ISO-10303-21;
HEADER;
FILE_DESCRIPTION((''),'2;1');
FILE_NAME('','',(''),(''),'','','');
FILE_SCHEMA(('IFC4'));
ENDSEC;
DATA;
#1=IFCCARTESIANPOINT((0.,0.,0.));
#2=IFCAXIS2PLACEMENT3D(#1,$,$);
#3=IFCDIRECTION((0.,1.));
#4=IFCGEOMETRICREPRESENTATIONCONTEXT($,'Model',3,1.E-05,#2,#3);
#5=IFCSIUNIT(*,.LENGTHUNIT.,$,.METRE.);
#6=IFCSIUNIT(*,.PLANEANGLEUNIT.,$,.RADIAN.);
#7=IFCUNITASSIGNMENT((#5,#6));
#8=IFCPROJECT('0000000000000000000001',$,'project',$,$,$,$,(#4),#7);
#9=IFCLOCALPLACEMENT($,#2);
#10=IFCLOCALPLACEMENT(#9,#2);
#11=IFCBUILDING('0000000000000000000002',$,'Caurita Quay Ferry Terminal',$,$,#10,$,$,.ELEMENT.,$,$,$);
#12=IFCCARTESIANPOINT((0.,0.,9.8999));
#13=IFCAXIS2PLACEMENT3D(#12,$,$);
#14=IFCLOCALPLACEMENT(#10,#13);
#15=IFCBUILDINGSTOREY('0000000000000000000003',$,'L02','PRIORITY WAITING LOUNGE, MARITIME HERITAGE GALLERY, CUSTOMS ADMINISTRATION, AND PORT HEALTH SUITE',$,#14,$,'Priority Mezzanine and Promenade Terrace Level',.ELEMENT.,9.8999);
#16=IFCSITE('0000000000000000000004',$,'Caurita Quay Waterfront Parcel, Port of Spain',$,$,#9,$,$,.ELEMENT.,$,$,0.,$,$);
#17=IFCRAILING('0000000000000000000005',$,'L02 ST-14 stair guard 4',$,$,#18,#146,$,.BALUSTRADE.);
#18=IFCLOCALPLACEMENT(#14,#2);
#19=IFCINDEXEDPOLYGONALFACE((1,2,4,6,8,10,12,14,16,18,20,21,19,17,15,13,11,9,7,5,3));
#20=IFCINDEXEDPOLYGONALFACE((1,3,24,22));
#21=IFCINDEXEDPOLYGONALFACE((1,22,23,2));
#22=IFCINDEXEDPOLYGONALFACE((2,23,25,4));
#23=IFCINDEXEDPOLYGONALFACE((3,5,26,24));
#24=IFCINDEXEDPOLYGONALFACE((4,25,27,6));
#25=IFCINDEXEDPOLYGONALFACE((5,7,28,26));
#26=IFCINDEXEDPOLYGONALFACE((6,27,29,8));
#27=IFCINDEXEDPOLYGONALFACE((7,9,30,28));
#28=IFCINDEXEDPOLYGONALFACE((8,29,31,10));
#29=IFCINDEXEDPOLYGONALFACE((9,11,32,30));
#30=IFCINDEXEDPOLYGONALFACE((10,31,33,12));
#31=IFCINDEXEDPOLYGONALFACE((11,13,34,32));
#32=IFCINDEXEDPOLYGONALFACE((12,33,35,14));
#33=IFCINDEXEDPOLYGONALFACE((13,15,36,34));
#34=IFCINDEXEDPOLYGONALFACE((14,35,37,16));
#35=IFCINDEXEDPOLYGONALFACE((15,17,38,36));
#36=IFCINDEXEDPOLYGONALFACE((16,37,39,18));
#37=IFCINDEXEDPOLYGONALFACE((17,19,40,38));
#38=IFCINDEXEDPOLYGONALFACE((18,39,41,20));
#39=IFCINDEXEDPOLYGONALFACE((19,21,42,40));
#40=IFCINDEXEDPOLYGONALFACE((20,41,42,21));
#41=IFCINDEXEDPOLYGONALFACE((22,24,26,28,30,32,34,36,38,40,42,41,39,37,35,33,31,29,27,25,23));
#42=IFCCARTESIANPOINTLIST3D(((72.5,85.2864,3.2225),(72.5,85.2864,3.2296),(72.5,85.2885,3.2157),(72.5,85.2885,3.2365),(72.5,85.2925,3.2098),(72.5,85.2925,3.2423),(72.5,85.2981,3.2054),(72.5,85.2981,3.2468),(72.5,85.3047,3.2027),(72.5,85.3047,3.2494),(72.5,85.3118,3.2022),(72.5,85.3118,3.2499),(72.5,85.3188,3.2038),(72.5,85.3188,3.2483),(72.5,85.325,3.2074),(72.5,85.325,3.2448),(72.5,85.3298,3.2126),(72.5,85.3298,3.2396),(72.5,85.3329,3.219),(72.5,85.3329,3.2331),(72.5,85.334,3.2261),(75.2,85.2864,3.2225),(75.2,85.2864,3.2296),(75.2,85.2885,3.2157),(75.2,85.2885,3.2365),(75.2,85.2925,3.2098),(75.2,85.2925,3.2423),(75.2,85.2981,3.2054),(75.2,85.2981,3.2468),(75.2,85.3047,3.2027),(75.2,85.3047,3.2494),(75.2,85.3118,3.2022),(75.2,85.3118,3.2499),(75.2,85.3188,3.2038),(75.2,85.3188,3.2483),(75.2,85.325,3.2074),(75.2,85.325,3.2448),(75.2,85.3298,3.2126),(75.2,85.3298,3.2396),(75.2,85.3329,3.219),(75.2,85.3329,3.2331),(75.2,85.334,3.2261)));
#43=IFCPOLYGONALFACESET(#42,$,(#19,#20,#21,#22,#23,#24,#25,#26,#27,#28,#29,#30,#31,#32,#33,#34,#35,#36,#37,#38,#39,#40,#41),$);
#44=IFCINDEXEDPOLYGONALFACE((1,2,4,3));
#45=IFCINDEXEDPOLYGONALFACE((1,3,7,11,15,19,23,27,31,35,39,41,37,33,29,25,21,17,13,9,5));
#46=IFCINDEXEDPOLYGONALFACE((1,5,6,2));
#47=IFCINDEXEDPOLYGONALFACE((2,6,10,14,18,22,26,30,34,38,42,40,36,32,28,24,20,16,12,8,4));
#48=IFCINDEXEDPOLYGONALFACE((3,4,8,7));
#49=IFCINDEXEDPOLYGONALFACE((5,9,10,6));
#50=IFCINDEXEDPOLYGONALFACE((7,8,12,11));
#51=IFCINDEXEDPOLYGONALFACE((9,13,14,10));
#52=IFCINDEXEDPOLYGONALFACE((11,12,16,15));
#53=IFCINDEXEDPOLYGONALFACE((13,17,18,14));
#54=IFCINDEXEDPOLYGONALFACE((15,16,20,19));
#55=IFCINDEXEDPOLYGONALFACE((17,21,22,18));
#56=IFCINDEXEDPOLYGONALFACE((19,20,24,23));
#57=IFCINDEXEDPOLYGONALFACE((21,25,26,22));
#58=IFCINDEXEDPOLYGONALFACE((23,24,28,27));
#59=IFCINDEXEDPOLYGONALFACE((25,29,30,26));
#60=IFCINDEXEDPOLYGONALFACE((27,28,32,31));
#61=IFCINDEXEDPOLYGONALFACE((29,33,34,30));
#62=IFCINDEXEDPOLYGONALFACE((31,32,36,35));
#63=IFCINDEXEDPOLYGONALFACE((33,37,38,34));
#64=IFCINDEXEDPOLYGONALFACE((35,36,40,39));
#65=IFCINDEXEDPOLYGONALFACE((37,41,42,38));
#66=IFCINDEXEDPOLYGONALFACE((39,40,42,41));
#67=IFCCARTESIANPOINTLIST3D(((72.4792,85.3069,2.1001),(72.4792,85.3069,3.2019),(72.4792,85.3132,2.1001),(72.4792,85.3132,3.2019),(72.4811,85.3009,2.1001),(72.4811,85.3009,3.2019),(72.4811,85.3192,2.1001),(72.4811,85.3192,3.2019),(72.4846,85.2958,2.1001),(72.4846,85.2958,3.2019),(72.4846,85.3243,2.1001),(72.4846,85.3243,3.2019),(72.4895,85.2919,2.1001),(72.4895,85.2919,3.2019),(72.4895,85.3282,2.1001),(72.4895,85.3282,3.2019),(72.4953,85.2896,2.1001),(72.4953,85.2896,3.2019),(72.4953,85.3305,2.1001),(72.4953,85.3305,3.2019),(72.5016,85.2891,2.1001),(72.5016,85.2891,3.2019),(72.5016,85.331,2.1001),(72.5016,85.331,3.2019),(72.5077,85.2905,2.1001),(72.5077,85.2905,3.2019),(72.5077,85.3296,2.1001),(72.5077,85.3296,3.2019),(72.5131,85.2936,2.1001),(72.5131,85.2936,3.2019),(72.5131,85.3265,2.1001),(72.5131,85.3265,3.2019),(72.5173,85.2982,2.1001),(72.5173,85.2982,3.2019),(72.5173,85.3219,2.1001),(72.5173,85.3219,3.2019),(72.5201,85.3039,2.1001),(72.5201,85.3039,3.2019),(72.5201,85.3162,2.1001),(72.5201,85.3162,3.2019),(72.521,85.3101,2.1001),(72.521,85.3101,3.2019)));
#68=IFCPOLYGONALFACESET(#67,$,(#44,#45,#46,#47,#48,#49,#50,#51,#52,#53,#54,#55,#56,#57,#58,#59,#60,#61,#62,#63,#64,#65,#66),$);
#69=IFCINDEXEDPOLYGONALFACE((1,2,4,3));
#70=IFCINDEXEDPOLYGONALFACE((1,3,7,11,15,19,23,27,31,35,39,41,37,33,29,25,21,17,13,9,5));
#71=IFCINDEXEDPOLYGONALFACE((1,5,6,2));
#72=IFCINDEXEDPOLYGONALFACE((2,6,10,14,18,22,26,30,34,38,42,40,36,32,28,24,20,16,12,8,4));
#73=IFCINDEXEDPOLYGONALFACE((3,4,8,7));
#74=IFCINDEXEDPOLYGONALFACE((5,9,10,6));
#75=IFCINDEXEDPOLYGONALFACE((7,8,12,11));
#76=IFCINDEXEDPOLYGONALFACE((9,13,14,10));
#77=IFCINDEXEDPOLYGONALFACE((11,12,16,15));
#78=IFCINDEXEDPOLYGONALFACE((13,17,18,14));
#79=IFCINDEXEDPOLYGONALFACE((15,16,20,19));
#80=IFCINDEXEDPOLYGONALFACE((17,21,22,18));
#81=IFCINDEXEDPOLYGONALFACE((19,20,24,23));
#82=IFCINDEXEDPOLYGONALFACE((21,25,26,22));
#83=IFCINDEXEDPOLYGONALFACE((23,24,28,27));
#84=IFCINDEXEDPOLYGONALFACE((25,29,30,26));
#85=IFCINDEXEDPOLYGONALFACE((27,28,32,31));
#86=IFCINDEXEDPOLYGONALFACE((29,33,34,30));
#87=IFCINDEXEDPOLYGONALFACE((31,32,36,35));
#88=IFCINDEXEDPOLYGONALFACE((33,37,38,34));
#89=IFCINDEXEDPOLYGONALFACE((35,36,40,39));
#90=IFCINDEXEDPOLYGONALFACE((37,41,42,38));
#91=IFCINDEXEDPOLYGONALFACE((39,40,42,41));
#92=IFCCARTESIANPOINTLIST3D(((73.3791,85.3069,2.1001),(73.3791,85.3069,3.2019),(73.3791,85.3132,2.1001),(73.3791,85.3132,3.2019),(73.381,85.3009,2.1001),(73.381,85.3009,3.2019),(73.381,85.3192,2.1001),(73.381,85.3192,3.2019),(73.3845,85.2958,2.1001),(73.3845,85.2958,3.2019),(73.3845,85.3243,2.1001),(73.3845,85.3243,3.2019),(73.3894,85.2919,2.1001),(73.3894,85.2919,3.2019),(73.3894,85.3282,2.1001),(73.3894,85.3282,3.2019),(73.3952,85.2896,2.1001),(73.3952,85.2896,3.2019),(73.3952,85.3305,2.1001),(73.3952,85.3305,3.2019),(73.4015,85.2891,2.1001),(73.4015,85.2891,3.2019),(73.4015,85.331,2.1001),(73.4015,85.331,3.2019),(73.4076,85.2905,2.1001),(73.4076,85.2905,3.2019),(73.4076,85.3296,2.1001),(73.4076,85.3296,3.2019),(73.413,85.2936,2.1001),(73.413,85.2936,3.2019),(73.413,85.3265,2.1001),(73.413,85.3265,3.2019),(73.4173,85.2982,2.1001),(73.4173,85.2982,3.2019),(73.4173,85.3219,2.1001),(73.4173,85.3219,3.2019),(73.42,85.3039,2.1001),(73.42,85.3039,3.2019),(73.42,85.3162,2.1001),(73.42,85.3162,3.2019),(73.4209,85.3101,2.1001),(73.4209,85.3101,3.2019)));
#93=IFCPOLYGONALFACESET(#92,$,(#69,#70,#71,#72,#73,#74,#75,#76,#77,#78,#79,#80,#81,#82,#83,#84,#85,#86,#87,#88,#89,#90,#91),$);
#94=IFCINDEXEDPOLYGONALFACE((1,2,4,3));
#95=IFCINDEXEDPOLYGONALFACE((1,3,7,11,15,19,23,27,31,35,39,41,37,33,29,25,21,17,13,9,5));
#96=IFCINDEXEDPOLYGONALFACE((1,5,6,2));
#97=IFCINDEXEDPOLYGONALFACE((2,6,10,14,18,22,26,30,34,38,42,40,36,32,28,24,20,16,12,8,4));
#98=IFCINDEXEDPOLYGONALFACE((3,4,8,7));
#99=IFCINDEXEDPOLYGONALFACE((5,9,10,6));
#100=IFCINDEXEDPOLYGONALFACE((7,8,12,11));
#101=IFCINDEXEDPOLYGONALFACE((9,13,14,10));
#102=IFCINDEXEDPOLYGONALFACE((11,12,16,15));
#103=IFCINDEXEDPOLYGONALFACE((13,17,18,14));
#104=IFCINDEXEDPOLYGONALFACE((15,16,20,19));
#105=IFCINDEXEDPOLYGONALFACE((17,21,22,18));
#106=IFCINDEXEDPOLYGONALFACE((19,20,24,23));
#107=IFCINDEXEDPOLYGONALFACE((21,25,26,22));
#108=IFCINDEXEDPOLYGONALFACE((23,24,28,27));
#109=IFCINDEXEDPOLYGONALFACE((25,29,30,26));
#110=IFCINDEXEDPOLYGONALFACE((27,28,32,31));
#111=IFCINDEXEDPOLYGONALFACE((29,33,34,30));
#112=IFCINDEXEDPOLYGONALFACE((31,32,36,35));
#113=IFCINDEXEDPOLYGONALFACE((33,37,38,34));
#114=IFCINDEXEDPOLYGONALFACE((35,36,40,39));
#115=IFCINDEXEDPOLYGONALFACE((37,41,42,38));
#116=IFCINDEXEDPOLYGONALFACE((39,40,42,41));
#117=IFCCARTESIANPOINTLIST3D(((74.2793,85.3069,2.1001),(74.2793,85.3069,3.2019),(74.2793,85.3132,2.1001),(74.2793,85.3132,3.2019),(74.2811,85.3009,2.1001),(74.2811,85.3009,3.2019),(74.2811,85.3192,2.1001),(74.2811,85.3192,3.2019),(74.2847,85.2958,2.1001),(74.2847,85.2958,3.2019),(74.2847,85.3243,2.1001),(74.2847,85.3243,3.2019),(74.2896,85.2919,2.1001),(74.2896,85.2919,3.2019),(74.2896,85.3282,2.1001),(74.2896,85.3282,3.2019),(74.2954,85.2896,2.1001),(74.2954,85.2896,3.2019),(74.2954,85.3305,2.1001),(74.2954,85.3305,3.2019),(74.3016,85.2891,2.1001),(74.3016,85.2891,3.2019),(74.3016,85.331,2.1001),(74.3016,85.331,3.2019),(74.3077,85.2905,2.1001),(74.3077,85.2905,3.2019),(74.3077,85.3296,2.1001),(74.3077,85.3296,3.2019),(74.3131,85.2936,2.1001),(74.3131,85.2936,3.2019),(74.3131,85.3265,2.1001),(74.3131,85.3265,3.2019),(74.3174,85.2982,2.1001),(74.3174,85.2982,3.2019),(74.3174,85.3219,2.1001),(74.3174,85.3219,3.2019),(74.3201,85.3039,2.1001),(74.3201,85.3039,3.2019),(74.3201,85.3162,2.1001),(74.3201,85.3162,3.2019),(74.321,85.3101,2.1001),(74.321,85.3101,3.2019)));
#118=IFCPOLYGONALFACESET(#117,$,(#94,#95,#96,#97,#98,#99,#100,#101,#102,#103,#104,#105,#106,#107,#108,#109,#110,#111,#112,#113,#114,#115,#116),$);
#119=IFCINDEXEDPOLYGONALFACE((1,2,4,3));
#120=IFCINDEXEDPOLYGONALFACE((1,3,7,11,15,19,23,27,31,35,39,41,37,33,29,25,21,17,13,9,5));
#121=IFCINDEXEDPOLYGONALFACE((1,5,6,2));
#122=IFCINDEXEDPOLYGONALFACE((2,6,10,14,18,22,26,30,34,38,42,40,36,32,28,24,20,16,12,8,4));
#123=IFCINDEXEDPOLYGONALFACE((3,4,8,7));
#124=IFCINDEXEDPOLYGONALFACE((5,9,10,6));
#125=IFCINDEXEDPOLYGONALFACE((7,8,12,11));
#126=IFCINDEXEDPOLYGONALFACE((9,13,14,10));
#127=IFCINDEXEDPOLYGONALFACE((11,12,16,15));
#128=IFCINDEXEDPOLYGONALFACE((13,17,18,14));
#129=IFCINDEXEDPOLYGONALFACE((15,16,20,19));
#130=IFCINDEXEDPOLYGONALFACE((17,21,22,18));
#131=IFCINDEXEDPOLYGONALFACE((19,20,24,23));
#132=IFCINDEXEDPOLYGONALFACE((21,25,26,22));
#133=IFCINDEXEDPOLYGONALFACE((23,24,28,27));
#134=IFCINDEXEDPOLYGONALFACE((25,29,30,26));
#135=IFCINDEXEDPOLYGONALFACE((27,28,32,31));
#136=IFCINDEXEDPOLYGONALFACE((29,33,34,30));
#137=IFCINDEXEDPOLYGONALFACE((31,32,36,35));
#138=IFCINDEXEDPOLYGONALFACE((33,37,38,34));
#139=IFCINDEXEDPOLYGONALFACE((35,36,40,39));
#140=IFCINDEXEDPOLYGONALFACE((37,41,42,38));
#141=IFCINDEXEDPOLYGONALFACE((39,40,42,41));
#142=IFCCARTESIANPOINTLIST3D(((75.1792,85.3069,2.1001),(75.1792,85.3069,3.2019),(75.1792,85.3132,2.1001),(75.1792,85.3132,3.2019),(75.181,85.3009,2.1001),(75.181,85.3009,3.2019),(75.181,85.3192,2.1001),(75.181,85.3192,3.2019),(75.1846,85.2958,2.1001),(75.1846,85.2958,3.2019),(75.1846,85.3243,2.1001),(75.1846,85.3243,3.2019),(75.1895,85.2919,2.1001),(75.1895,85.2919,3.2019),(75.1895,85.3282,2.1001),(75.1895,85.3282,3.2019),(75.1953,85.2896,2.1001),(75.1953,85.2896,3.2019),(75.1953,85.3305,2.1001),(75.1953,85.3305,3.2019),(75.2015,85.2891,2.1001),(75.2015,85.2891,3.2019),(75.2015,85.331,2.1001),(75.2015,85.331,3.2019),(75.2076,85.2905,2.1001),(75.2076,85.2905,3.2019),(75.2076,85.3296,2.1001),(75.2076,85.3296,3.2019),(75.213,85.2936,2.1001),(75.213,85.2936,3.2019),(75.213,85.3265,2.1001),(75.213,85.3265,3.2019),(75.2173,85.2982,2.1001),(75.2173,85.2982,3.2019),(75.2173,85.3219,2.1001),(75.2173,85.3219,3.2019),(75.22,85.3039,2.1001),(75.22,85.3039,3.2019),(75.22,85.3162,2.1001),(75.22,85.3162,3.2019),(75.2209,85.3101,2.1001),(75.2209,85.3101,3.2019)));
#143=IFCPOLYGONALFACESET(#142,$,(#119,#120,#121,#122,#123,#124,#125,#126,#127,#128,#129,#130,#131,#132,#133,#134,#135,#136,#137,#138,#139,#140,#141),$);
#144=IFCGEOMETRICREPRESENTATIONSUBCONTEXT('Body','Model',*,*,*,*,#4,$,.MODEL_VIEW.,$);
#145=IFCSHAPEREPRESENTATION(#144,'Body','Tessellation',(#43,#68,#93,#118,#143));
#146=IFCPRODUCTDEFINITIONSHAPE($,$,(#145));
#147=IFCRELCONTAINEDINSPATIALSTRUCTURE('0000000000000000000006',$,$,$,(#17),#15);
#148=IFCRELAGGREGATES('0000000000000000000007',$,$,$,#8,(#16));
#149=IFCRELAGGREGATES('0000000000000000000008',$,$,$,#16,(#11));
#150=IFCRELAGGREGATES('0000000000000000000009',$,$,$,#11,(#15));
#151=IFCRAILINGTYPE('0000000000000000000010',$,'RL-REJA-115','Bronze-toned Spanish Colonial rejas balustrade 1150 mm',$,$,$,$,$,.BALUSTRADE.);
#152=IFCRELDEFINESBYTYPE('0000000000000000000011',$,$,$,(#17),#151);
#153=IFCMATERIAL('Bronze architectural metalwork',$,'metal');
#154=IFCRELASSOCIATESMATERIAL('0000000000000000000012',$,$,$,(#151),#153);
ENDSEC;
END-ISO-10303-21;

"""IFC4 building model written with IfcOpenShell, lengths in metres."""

from ifc_helpers import new_model, si_unit, direction, frame, origin, origin_2d, place, context, subcontext, project, spatial, circle, extrude, material, type_object, element, save


model = new_model("IFC4")

# Units and contexts
model_context = context("Model", 3, precision=1e-05, world=origin(), true_north=direction((0.0, 1.0)))
body_context = subcontext(model_context, "Body", "Model", "MODEL_VIEW")
ifc_project = project(units=[si_unit("LENGTHUNIT", "METRE"), si_unit("PLANEANGLEUNIT", "RADIAN")], contexts=[model_context])

# Site, building, storey
site_placement = place(None, origin())
site = spatial("IfcSite", under=ifc_project, at=site_placement, Name="Caurita Quay Waterfront Parcel, Port of Spain", CompositionType="ELEMENT", RefElevation=0.0)
building_placement = place(site_placement, origin())
building = spatial("IfcBuilding", under=site, at=building_placement, Name="Caurita Quay Ferry Terminal", CompositionType="ELEMENT")
storey_placement = place(building_placement, frame((0.0, 0.0, 9.8999)))
storey = spatial("IfcBuildingStorey", under=building, at=storey_placement, Name="L02", Description="PRIORITY WAITING LOUNGE, MARITIME HERITAGE GALLERY, CUSTOMS ADMINISTRATION, AND PORT HEALTH SUITE", LongName="Priority Mezzanine and Promenade Terrace Level", CompositionType="ELEMENT", Elevation=9.8999)

# Railing
ifc_material_1 = material(Name="Bronze architectural metalwork", Category="metal")
railing_type_1 = type_object("IfcRailingType", Name="RL-REJA-115", Description="Bronze-toned Spanish Colonial rejas balustrade 1150 mm", PredefinedType="BALUSTRADE", material=ifc_material_1)
for number, where, name in (
    (1, (72.5, 85.3101, 2.1001), "L02 ST-14 stair guard 4"),
):
    element("IfcRailing", number, at=place(storey_placement, frame(where)), inside=storey, type_object=railing_type_1, Name=name, PredefinedType="BALUSTRADE", context=body_context, shape_type="SweptSolid", body=[
        extrude(circle(Radius=0.0239, at=origin_2d()), frame((0.0, 0.0, 1.126), z_axis=(1.0, 0.0, 0.0), x_axis=(0.0, 1.0, 0.0)), (0.0, 0.0, 1.0), 2.7),
        extrude(circle(Radius=0.021, at=origin_2d()), origin(), (0.0, 0.0, 1.0), 1.1018),
        extrude(circle(Radius=0.021, at=origin_2d()), frame((0.8999, 0.0, 0.0)), (0.0, 0.0, 1.0), 1.1018),
        extrude(circle(Radius=0.021, at=origin_2d()), frame((1.8, 0.0, 0.0)), (0.0, 0.0, 1.0), 1.1018),
        extrude(circle(Radius=0.021, at=origin_2d()), frame((2.7, 0.0, 0.0)), (0.0, 0.0, 1.0), 1.1018),
    ])

save(model, "model.ifc")
